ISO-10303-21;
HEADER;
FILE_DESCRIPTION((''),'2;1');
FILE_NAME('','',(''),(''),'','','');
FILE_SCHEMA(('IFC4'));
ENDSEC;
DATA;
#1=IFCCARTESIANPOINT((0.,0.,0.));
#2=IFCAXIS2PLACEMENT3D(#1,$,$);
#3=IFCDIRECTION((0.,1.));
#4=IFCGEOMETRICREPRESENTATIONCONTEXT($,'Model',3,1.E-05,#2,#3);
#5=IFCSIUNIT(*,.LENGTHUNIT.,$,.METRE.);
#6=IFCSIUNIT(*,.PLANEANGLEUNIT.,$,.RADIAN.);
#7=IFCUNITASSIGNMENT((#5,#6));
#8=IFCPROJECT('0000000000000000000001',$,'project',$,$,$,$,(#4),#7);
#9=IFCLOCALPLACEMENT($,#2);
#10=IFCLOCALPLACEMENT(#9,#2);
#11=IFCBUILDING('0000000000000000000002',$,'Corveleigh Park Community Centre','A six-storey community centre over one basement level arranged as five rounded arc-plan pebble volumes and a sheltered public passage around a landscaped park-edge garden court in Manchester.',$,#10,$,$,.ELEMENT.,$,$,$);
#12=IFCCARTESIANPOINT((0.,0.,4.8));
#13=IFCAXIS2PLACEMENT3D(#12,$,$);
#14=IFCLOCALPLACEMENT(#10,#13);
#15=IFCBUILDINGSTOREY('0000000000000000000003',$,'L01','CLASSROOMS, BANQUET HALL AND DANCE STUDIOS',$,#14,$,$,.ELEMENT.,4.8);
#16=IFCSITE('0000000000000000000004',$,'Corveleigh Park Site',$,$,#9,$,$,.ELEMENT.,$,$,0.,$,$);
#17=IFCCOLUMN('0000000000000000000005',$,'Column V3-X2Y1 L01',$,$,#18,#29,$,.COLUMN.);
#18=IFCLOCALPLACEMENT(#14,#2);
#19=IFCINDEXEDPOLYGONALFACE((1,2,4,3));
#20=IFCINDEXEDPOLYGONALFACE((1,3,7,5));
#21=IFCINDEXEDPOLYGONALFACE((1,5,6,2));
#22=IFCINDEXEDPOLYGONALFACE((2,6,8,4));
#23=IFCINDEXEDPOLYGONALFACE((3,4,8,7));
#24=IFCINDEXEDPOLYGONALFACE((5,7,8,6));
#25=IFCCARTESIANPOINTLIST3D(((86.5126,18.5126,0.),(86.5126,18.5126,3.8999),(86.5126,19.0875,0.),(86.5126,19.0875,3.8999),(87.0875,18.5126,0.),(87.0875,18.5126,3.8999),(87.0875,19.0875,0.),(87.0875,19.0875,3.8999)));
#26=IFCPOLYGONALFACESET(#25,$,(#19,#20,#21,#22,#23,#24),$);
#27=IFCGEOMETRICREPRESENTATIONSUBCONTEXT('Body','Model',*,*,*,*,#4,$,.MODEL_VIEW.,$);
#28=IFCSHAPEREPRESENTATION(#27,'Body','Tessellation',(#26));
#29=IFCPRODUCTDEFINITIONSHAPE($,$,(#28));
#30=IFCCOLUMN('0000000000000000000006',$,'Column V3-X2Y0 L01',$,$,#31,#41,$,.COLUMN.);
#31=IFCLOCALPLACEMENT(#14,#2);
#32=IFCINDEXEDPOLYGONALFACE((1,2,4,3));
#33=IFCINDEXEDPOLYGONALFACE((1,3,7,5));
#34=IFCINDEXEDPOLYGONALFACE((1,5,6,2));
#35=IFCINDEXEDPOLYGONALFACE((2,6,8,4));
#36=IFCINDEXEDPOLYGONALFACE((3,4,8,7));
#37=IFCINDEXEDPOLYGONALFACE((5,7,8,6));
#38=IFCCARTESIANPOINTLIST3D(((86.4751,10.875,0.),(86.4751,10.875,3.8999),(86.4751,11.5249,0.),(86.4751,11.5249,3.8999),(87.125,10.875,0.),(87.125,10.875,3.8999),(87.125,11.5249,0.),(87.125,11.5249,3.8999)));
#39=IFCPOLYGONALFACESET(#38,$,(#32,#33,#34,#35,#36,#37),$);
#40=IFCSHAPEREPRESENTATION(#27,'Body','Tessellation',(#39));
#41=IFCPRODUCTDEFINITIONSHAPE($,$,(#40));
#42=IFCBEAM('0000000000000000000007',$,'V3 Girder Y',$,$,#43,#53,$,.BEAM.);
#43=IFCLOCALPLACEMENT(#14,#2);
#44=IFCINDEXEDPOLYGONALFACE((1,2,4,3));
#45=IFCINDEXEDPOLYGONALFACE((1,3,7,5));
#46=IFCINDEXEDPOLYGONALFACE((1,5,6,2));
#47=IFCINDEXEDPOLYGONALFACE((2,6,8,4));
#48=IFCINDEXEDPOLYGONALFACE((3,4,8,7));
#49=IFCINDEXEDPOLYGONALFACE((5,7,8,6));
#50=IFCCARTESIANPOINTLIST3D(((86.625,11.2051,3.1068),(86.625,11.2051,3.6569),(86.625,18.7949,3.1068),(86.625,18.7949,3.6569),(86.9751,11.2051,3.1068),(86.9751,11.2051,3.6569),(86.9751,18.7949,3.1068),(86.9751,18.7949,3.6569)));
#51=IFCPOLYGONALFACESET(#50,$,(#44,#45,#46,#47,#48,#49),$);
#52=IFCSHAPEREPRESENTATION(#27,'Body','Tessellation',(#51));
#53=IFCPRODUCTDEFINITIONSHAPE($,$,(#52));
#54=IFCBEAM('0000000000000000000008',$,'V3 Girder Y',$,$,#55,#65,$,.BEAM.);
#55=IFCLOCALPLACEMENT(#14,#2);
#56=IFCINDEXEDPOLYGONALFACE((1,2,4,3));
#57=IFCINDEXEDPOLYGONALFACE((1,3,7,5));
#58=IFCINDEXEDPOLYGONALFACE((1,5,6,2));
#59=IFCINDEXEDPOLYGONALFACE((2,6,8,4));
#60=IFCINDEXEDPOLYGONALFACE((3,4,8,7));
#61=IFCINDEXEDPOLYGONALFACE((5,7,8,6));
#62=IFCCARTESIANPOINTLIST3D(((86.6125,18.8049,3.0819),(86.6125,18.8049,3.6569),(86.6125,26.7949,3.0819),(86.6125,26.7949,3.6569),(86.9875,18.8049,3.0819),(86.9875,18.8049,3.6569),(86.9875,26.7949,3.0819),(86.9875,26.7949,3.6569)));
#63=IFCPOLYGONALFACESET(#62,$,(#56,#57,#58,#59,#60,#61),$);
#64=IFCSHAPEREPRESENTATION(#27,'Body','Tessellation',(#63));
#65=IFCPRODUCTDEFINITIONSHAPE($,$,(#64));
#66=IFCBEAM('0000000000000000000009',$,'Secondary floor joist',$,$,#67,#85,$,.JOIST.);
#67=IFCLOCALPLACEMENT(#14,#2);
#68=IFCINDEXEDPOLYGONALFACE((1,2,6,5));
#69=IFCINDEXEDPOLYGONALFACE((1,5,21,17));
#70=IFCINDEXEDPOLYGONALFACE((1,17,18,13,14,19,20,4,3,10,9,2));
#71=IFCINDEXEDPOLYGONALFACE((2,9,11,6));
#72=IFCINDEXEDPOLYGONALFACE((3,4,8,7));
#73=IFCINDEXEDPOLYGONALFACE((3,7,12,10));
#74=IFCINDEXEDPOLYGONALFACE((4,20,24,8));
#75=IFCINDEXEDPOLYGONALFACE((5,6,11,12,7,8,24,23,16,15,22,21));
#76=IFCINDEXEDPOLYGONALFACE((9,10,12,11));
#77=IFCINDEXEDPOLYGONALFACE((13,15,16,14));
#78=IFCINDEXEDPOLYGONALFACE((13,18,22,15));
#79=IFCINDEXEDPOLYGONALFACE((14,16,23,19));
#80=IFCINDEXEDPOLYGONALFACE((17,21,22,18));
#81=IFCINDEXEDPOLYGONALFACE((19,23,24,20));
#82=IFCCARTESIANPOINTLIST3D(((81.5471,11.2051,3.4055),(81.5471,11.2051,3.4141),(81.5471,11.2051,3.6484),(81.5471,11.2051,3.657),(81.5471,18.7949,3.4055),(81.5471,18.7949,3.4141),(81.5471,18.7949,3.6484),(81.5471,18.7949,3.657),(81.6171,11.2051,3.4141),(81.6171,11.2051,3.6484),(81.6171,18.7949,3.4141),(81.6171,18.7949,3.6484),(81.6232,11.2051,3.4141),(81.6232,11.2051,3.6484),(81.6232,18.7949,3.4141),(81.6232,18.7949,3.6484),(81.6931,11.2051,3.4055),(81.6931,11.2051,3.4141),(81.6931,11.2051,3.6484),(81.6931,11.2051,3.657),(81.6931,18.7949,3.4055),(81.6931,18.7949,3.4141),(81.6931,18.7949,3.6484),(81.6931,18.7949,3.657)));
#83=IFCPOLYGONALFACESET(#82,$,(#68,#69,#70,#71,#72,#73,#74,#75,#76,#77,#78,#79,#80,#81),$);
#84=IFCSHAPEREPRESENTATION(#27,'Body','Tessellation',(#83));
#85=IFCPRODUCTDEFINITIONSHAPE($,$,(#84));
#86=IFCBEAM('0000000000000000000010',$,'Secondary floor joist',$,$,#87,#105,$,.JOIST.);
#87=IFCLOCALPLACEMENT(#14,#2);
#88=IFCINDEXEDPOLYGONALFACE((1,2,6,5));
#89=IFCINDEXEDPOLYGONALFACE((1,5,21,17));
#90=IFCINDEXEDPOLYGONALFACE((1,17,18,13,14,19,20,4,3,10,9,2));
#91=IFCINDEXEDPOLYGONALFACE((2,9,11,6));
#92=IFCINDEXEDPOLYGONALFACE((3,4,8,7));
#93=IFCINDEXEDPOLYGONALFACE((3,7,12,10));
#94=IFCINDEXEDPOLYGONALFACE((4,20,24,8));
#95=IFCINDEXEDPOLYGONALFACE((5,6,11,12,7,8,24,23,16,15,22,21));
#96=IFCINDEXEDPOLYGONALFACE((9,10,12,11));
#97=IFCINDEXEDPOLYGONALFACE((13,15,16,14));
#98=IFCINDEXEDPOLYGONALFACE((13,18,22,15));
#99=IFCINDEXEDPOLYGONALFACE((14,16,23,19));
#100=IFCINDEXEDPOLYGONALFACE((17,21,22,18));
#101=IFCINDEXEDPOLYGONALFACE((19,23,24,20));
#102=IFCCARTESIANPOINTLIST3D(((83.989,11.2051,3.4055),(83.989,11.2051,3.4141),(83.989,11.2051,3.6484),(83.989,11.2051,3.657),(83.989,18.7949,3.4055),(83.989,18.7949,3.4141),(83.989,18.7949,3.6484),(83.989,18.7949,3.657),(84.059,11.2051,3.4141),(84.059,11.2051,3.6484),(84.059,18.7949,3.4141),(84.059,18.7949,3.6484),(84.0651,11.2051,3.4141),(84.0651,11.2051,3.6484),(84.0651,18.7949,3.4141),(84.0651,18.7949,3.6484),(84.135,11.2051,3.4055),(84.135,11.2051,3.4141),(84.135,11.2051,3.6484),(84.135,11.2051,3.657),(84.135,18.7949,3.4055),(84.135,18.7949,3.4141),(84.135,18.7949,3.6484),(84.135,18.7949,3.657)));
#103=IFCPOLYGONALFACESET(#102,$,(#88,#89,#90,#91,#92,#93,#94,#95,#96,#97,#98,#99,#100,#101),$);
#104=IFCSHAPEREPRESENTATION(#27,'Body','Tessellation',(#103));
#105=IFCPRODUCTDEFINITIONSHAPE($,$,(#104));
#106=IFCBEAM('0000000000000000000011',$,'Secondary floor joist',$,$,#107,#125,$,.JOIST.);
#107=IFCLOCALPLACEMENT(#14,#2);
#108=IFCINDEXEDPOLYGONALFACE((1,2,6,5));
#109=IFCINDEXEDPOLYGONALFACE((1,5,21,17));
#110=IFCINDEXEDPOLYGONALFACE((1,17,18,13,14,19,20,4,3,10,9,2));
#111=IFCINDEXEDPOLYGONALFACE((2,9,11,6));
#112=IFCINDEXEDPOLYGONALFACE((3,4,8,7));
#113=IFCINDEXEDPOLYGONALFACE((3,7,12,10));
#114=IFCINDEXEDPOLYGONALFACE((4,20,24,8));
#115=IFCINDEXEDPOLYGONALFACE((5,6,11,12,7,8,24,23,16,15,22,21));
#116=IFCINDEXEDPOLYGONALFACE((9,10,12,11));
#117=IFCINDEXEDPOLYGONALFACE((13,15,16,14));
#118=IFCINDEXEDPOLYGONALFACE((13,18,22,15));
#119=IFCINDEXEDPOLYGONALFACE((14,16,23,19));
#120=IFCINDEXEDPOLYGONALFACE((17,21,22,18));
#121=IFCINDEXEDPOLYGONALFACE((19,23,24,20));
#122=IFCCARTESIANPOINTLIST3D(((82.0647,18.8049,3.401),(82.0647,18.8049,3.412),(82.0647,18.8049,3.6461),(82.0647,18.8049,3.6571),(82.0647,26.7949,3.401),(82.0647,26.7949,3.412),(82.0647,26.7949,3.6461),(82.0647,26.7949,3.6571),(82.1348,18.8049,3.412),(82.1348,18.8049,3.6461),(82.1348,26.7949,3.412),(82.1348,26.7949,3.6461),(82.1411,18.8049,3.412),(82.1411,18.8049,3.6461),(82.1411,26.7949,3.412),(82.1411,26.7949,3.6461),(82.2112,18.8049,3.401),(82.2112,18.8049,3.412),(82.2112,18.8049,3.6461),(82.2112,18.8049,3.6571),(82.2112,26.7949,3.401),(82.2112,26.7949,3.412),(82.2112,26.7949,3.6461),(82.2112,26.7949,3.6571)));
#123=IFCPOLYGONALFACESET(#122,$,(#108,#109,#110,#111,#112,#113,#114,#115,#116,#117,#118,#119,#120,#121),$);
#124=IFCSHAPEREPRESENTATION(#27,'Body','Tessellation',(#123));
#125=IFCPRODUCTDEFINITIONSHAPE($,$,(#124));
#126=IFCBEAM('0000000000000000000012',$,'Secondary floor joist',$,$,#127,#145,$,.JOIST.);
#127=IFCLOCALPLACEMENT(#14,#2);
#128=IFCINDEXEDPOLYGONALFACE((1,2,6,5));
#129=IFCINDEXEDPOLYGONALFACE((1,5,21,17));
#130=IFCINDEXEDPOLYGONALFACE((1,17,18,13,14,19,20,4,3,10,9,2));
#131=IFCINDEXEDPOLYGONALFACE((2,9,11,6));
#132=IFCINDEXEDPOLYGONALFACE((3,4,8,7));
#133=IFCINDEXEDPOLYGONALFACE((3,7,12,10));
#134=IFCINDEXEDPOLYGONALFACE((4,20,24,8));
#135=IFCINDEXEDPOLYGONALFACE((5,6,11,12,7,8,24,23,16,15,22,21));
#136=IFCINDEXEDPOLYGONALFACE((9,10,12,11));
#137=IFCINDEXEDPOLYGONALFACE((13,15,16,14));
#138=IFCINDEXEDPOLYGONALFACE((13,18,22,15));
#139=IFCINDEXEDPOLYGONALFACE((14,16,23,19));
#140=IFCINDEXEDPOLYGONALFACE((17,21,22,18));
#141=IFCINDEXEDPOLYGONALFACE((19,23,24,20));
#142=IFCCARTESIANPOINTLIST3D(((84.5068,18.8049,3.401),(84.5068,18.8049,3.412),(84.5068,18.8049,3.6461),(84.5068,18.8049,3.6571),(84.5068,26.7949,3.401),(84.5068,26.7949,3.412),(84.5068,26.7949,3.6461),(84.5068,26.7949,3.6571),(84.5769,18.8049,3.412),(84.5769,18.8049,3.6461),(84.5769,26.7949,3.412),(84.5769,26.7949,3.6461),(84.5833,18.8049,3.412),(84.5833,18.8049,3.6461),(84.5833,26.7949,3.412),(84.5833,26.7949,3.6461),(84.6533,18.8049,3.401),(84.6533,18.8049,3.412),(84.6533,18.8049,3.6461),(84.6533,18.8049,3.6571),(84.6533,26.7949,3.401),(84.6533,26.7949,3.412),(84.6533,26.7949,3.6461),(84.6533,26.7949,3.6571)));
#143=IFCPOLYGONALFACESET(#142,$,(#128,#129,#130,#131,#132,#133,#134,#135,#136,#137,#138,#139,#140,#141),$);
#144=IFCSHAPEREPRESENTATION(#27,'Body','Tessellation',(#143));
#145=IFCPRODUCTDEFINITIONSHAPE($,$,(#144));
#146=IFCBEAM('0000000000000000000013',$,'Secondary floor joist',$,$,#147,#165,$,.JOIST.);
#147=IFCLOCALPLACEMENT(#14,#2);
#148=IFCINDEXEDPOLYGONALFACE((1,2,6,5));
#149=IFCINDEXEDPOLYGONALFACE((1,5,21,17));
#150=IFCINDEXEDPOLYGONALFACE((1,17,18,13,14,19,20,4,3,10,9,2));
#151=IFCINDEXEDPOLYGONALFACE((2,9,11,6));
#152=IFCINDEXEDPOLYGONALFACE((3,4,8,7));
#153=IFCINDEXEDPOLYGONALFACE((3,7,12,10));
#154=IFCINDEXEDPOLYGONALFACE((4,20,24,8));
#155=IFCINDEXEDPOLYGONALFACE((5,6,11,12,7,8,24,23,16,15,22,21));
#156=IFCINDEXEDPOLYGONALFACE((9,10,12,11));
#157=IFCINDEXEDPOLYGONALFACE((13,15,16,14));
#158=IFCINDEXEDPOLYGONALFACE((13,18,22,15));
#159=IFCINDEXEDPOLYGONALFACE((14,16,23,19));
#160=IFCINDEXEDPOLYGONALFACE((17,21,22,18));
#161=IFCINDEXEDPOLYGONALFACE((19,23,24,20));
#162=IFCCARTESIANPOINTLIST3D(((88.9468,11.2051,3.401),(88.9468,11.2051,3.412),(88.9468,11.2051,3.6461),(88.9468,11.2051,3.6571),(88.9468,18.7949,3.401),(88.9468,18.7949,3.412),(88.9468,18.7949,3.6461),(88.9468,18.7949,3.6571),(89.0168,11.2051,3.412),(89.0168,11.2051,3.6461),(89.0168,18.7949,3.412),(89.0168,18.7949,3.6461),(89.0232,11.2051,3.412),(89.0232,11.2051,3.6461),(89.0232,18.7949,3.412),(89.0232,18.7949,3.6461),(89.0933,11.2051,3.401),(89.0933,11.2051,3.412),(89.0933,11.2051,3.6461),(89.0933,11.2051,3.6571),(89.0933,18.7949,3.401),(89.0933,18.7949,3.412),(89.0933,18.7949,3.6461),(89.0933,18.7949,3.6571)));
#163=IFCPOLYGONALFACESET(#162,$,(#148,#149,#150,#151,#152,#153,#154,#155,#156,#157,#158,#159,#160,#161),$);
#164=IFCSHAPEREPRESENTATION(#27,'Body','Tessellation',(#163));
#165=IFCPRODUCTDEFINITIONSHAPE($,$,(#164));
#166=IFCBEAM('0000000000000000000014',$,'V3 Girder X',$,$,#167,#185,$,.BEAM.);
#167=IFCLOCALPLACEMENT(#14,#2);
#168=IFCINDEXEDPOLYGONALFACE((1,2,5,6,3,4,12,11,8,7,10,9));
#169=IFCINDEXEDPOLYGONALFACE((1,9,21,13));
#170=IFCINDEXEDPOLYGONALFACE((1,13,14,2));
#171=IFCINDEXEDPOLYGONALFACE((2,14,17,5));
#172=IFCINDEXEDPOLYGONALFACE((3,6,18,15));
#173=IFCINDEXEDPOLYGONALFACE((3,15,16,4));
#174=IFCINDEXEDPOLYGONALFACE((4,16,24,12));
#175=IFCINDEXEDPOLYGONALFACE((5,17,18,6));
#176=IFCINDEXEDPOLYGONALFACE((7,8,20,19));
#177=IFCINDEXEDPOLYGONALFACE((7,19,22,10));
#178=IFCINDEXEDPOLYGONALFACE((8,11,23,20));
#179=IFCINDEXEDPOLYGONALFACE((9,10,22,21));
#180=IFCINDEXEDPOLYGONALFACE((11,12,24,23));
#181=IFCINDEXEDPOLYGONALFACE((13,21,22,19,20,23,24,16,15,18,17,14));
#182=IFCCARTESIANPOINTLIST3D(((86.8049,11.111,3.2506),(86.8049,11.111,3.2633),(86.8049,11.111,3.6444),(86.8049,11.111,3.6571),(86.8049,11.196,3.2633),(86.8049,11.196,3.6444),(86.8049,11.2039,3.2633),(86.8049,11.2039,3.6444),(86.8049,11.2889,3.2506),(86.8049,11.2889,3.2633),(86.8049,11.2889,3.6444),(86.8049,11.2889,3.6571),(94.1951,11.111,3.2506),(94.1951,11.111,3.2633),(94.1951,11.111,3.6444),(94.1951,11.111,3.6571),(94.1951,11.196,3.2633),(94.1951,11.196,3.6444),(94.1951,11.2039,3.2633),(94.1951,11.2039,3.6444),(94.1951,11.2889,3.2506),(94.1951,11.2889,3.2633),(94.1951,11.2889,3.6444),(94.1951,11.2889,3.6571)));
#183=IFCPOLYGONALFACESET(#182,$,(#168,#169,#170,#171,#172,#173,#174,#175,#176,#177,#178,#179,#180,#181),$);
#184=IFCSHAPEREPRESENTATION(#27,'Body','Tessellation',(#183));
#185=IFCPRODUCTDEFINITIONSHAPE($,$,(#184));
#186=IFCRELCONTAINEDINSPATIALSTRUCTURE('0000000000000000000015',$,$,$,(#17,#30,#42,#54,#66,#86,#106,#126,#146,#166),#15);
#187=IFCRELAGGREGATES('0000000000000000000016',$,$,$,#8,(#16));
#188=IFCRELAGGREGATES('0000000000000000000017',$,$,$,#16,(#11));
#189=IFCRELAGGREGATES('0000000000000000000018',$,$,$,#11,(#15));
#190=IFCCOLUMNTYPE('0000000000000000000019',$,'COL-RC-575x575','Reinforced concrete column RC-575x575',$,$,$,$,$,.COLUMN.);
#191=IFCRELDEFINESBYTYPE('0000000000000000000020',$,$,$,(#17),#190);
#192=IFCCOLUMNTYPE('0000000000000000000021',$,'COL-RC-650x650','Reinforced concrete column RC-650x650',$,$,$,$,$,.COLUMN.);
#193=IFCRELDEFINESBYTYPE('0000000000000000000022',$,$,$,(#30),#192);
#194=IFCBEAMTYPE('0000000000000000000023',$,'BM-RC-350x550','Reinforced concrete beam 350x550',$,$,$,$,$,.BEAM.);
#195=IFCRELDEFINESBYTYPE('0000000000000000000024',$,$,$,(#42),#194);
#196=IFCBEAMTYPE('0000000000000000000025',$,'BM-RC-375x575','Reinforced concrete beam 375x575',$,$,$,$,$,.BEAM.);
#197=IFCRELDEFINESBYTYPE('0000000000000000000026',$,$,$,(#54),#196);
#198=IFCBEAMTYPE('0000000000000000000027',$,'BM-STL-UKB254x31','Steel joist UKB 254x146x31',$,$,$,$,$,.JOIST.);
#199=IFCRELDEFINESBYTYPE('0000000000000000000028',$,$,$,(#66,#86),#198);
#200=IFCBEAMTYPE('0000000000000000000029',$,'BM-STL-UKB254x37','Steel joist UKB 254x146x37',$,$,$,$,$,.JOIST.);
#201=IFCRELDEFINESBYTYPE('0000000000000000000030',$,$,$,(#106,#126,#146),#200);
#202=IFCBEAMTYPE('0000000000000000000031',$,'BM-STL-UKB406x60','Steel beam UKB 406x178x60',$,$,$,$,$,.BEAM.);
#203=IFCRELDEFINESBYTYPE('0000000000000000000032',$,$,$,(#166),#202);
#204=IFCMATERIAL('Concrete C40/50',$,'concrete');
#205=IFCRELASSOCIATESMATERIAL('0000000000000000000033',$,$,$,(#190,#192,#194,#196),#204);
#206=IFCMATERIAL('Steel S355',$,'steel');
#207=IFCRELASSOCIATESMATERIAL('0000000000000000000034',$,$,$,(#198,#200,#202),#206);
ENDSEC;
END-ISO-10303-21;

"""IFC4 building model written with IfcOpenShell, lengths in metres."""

from ifc_helpers import new_model, si_unit, direction, frame, origin, origin_2d, place, context, subcontext, project, spatial, rectangle, i_section, extrude, material, material_profile, profile_set, type_object, element, save


model = new_model("IFC4")

# Units and contexts
model_context = context("Model", 3, precision=1e-05, world=origin(), true_north=direction((0.0, 1.0)))
body_context = subcontext(model_context, "Body", "Model", "MODEL_VIEW")
ifc_project = project(units=[si_unit("LENGTHUNIT", "METRE"), si_unit("PLANEANGLEUNIT", "RADIAN")], contexts=[model_context])

# Site, building, storey
site_placement = place(None, origin())
site = spatial("IfcSite", under=ifc_project, at=site_placement, Name="Corveleigh Park Site", CompositionType="ELEMENT", RefElevation=0.0)
building_placement = place(site_placement, origin())
building = spatial("IfcBuilding", under=site, at=building_placement, Name="Corveleigh Park Community Centre", Description="A six-storey community centre over one basement level arranged as five rounded arc-plan pebble volumes and a sheltered public passage around a landscaped park-edge garden court in Manchester.", CompositionType="ELEMENT")
storey_placement = place(building_placement, frame((0.0, 0.0, 4.8)))
storey = spatial("IfcBuildingStorey", under=building, at=storey_placement, Name="L01", Description="CLASSROOMS, BANQUET HALL AND DANCE STUDIOS", CompositionType="ELEMENT", Elevation=4.8)

# Columns
ifc_material_1 = material(Name="Concrete C40/50", Category="concrete")
ifc_material_profile_1 = material_profile(ifc_material_1, rectangle(XDim=0.575, YDim=0.575, at=origin_2d()), Name="RC-575x575", Category="concrete")
ifc_profile_set_1 = profile_set([ifc_material_profile_1], Name="Concrete C40/50")
column_type_1 = type_object("IfcColumnType", Name="COL-RC-575x575", Description="Reinforced concrete column RC-575x575", PredefinedType="COLUMN", material=ifc_profile_set_1)
column_1_placement = place(storey_placement, frame((86.8, 18.8, 0.0), z_axis=(0.0, 0.0, 1.0), x_axis=(1.0, 0.0, 0.0)))
element("IfcColumn", 1, at=column_1_placement, inside=storey, type_object=column_type_1, Name="Column V3-X2Y1 L01", PredefinedType="COLUMN", context=body_context, shape_type="SweptSolid", body=[
    extrude(rectangle(XDim=0.575, YDim=0.575, at=origin_2d()), origin(), (0.0, 0.0, 1.0), 3.8999),
])
ifc_material_profile_2 = material_profile(ifc_material_1, rectangle(XDim=0.6499, YDim=0.6499, at=origin_2d()), Name="RC-650x650", Category="concrete")
ifc_profile_set_2 = profile_set([ifc_material_profile_2], Name="Concrete C40/50")
column_type_2 = type_object("IfcColumnType", Name="COL-RC-650x650", Description="Reinforced concrete column RC-650x650", PredefinedType="COLUMN", material=ifc_profile_set_2)
column_2_placement = place(storey_placement, frame((86.8, 11.2, 0.0), z_axis=(0.0, 0.0, 1.0), x_axis=(1.0, 0.0, 0.0)))
element("IfcColumn", 2, at=column_2_placement, inside=storey, type_object=column_type_2, Name="Column V3-X2Y0 L01", PredefinedType="COLUMN", context=body_context, shape_type="SweptSolid", body=[
    extrude(rectangle(XDim=0.6499, YDim=0.6499, at=origin_2d()), origin(), (0.0, 0.0, 1.0), 3.8999),
])

# Beams
ifc_material_profile_3 = material_profile(ifc_material_1, rectangle(XDim=0.3501, YDim=0.55, at=origin_2d()), Name="RC-350x550", Category="concrete")
ifc_profile_set_3 = profile_set([ifc_material_profile_3], Name="Concrete C40/50")
beam_type_1 = type_object("IfcBeamType", Name="BM-RC-350x550", Description="Reinforced concrete beam 350x550", PredefinedType="BEAM", material=ifc_profile_set_3)
beam_1_placement = place(storey_placement, frame((86.8, 11.2051, 3.3818), z_axis=(0.0, 1.0, 0.0), x_axis=(-1.0, 0.0, 0.0)))
element("IfcBeam", 3, at=beam_1_placement, inside=storey, type_object=beam_type_1, Name="V3 Girder Y", PredefinedType="BEAM", context=body_context, shape_type="SweptSolid", body=[
    extrude(rectangle(XDim=0.3501, YDim=0.55, at=origin_2d()), origin(), (0.0, 0.0, 1.0), 7.5898),
])
ifc_material_profile_4 = material_profile(ifc_material_1, rectangle(XDim=0.375, YDim=0.575, at=origin_2d()), Name="RC-375x575", Category="concrete")
ifc_profile_set_4 = profile_set([ifc_material_profile_4], Name="Concrete C40/50")
beam_type_2 = type_object("IfcBeamType", Name="BM-RC-375x575", Description="Reinforced concrete beam 375x575", PredefinedType="BEAM", material=ifc_profile_set_4)
beam_2_placement = place(storey_placement, frame((86.8, 18.8049, 3.3694), z_axis=(0.0, 1.0, 0.0), x_axis=(-1.0, 0.0, 0.0)))
element("IfcBeam", 4, at=beam_2_placement, inside=storey, type_object=beam_type_2, Name="V3 Girder Y", PredefinedType="BEAM", context=body_context, shape_type="SweptSolid", body=[
    extrude(rectangle(XDim=0.375, YDim=0.575, at=origin_2d()), origin(), (0.0, 0.0, 1.0), 7.99),
])
ifc_material_2 = material(Name="Steel S355", Category="steel")
ifc_material_profile_5 = material_profile(ifc_material_2, i_section(OverallWidth=0.146, OverallDepth=0.2515, WebThickness=0.0061, FlangeThickness=0.0085, at=origin_2d()), Name="UKB 254x146x31", Category="steel")
ifc_profile_set_5 = profile_set([ifc_material_profile_5], Name="Steel S355")
beam_type_3 = type_object("IfcBeamType", Name="BM-STL-UKB254x31", Description="Steel joist UKB 254x146x31", PredefinedType="JOIST", material=ifc_profile_set_5)
for number, where, z_axis, x_axis, name in (
    (5, (81.6201, 11.2051, 3.5312), (0.0, 1.0, 0.0), (-1.0, 0.0, 0.0), "Secondary floor joist"),
    (6, (84.062, 11.2051, 3.5312), (0.0, 1.0, 0.0), (-1.0, 0.0, 0.0), "Secondary floor joist"),
):
    element("IfcBeam", number, at=place(storey_placement, frame(where, z_axis=z_axis, x_axis=x_axis)), inside=storey, type_object=beam_type_3, Name=name, PredefinedType="JOIST", context=body_context, shape_type="SweptSolid", body=[
        extrude(i_section(OverallWidth=0.146, OverallDepth=0.2515, WebThickness=0.0061, FlangeThickness=0.0085, at=origin_2d()), origin(), (0.0, 0.0, 1.0), 7.5898),
    ])
ifc_material_profile_6 = material_profile(ifc_material_2, i_section(OverallWidth=0.1465, OverallDepth=0.2561, WebThickness=0.0063, FlangeThickness=0.011, at=origin_2d()), Name="UKB 254x146x37", Category="steel")
ifc_profile_set_6 = profile_set([ifc_material_profile_6], Name="Steel S355")
beam_type_4 = type_object("IfcBeamType", Name="BM-STL-UKB254x37", Description="Steel joist UKB 254x146x37", PredefinedType="JOIST", material=ifc_profile_set_6)
for number, where, z_axis, x_axis, name in (
    (7, (82.1379, 18.8049, 3.5291), (0.0, 1.0, 0.0), (-1.0, 0.0, 0.0), "Secondary floor joist"),
    (8, (84.5801, 18.8049, 3.5291), (0.0, 1.0, 0.0), (-1.0, 0.0, 0.0), "Secondary floor joist"),
):
    element("IfcBeam", number, at=place(storey_placement, frame(where, z_axis=z_axis, x_axis=x_axis)), inside=storey, type_object=beam_type_4, Name=name, PredefinedType="JOIST", context=body_context, shape_type="SweptSolid", body=[
        extrude(i_section(OverallWidth=0.1465, OverallDepth=0.2561, WebThickness=0.0063, FlangeThickness=0.011, at=origin_2d()), origin(), (0.0, 0.0, 1.0), 7.99),
    ])
beam_3_placement = place(storey_placement, frame((89.02, 11.2051, 3.5291), z_axis=(0.0, 1.0, 0.0), x_axis=(-1.0, 0.0, 0.0)))
element("IfcBeam", 9, at=beam_3_placement, inside=storey, type_object=beam_type_4, Name="Secondary floor joist", PredefinedType="JOIST", context=body_context, shape_type="SweptSolid", body=[
    extrude(i_section(OverallWidth=0.1465, OverallDepth=0.2561, WebThickness=0.0063, FlangeThickness=0.011, at=origin_2d()), origin(), (0.0, 0.0, 1.0), 7.5898),
])
ifc_material_profile_7 = material_profile(ifc_material_2, i_section(OverallWidth=0.178, OverallDepth=0.4065, WebThickness=0.0078, FlangeThickness=0.0127, at=origin_2d()), Name="UKB 406x178x60", Category="steel")
ifc_profile_set_7 = profile_set([ifc_material_profile_7], Name="Steel S355")
beam_type_5 = type_object("IfcBeamType", Name="BM-STL-UKB406x60", Description="Steel beam UKB 406x178x60", PredefinedType="BEAM", material=ifc_profile_set_7)
beam_4_placement = place(storey_placement, frame((86.8049, 11.2, 3.4539), z_axis=(1.0, 0.0, 0.0), x_axis=(0.0, 1.0, 0.0)))
element("IfcBeam", 10, at=beam_4_placement, inside=storey, type_object=beam_type_5, Name="V3 Girder X", PredefinedType="BEAM", context=body_context, shape_type="SweptSolid", body=[
    extrude(i_section(OverallWidth=0.178, OverallDepth=0.4065, WebThickness=0.0078, FlangeThickness=0.0127, at=origin_2d()), origin(), (0.0, 0.0, 1.0), 7.3901),
])

save(model, "model.ifc")
